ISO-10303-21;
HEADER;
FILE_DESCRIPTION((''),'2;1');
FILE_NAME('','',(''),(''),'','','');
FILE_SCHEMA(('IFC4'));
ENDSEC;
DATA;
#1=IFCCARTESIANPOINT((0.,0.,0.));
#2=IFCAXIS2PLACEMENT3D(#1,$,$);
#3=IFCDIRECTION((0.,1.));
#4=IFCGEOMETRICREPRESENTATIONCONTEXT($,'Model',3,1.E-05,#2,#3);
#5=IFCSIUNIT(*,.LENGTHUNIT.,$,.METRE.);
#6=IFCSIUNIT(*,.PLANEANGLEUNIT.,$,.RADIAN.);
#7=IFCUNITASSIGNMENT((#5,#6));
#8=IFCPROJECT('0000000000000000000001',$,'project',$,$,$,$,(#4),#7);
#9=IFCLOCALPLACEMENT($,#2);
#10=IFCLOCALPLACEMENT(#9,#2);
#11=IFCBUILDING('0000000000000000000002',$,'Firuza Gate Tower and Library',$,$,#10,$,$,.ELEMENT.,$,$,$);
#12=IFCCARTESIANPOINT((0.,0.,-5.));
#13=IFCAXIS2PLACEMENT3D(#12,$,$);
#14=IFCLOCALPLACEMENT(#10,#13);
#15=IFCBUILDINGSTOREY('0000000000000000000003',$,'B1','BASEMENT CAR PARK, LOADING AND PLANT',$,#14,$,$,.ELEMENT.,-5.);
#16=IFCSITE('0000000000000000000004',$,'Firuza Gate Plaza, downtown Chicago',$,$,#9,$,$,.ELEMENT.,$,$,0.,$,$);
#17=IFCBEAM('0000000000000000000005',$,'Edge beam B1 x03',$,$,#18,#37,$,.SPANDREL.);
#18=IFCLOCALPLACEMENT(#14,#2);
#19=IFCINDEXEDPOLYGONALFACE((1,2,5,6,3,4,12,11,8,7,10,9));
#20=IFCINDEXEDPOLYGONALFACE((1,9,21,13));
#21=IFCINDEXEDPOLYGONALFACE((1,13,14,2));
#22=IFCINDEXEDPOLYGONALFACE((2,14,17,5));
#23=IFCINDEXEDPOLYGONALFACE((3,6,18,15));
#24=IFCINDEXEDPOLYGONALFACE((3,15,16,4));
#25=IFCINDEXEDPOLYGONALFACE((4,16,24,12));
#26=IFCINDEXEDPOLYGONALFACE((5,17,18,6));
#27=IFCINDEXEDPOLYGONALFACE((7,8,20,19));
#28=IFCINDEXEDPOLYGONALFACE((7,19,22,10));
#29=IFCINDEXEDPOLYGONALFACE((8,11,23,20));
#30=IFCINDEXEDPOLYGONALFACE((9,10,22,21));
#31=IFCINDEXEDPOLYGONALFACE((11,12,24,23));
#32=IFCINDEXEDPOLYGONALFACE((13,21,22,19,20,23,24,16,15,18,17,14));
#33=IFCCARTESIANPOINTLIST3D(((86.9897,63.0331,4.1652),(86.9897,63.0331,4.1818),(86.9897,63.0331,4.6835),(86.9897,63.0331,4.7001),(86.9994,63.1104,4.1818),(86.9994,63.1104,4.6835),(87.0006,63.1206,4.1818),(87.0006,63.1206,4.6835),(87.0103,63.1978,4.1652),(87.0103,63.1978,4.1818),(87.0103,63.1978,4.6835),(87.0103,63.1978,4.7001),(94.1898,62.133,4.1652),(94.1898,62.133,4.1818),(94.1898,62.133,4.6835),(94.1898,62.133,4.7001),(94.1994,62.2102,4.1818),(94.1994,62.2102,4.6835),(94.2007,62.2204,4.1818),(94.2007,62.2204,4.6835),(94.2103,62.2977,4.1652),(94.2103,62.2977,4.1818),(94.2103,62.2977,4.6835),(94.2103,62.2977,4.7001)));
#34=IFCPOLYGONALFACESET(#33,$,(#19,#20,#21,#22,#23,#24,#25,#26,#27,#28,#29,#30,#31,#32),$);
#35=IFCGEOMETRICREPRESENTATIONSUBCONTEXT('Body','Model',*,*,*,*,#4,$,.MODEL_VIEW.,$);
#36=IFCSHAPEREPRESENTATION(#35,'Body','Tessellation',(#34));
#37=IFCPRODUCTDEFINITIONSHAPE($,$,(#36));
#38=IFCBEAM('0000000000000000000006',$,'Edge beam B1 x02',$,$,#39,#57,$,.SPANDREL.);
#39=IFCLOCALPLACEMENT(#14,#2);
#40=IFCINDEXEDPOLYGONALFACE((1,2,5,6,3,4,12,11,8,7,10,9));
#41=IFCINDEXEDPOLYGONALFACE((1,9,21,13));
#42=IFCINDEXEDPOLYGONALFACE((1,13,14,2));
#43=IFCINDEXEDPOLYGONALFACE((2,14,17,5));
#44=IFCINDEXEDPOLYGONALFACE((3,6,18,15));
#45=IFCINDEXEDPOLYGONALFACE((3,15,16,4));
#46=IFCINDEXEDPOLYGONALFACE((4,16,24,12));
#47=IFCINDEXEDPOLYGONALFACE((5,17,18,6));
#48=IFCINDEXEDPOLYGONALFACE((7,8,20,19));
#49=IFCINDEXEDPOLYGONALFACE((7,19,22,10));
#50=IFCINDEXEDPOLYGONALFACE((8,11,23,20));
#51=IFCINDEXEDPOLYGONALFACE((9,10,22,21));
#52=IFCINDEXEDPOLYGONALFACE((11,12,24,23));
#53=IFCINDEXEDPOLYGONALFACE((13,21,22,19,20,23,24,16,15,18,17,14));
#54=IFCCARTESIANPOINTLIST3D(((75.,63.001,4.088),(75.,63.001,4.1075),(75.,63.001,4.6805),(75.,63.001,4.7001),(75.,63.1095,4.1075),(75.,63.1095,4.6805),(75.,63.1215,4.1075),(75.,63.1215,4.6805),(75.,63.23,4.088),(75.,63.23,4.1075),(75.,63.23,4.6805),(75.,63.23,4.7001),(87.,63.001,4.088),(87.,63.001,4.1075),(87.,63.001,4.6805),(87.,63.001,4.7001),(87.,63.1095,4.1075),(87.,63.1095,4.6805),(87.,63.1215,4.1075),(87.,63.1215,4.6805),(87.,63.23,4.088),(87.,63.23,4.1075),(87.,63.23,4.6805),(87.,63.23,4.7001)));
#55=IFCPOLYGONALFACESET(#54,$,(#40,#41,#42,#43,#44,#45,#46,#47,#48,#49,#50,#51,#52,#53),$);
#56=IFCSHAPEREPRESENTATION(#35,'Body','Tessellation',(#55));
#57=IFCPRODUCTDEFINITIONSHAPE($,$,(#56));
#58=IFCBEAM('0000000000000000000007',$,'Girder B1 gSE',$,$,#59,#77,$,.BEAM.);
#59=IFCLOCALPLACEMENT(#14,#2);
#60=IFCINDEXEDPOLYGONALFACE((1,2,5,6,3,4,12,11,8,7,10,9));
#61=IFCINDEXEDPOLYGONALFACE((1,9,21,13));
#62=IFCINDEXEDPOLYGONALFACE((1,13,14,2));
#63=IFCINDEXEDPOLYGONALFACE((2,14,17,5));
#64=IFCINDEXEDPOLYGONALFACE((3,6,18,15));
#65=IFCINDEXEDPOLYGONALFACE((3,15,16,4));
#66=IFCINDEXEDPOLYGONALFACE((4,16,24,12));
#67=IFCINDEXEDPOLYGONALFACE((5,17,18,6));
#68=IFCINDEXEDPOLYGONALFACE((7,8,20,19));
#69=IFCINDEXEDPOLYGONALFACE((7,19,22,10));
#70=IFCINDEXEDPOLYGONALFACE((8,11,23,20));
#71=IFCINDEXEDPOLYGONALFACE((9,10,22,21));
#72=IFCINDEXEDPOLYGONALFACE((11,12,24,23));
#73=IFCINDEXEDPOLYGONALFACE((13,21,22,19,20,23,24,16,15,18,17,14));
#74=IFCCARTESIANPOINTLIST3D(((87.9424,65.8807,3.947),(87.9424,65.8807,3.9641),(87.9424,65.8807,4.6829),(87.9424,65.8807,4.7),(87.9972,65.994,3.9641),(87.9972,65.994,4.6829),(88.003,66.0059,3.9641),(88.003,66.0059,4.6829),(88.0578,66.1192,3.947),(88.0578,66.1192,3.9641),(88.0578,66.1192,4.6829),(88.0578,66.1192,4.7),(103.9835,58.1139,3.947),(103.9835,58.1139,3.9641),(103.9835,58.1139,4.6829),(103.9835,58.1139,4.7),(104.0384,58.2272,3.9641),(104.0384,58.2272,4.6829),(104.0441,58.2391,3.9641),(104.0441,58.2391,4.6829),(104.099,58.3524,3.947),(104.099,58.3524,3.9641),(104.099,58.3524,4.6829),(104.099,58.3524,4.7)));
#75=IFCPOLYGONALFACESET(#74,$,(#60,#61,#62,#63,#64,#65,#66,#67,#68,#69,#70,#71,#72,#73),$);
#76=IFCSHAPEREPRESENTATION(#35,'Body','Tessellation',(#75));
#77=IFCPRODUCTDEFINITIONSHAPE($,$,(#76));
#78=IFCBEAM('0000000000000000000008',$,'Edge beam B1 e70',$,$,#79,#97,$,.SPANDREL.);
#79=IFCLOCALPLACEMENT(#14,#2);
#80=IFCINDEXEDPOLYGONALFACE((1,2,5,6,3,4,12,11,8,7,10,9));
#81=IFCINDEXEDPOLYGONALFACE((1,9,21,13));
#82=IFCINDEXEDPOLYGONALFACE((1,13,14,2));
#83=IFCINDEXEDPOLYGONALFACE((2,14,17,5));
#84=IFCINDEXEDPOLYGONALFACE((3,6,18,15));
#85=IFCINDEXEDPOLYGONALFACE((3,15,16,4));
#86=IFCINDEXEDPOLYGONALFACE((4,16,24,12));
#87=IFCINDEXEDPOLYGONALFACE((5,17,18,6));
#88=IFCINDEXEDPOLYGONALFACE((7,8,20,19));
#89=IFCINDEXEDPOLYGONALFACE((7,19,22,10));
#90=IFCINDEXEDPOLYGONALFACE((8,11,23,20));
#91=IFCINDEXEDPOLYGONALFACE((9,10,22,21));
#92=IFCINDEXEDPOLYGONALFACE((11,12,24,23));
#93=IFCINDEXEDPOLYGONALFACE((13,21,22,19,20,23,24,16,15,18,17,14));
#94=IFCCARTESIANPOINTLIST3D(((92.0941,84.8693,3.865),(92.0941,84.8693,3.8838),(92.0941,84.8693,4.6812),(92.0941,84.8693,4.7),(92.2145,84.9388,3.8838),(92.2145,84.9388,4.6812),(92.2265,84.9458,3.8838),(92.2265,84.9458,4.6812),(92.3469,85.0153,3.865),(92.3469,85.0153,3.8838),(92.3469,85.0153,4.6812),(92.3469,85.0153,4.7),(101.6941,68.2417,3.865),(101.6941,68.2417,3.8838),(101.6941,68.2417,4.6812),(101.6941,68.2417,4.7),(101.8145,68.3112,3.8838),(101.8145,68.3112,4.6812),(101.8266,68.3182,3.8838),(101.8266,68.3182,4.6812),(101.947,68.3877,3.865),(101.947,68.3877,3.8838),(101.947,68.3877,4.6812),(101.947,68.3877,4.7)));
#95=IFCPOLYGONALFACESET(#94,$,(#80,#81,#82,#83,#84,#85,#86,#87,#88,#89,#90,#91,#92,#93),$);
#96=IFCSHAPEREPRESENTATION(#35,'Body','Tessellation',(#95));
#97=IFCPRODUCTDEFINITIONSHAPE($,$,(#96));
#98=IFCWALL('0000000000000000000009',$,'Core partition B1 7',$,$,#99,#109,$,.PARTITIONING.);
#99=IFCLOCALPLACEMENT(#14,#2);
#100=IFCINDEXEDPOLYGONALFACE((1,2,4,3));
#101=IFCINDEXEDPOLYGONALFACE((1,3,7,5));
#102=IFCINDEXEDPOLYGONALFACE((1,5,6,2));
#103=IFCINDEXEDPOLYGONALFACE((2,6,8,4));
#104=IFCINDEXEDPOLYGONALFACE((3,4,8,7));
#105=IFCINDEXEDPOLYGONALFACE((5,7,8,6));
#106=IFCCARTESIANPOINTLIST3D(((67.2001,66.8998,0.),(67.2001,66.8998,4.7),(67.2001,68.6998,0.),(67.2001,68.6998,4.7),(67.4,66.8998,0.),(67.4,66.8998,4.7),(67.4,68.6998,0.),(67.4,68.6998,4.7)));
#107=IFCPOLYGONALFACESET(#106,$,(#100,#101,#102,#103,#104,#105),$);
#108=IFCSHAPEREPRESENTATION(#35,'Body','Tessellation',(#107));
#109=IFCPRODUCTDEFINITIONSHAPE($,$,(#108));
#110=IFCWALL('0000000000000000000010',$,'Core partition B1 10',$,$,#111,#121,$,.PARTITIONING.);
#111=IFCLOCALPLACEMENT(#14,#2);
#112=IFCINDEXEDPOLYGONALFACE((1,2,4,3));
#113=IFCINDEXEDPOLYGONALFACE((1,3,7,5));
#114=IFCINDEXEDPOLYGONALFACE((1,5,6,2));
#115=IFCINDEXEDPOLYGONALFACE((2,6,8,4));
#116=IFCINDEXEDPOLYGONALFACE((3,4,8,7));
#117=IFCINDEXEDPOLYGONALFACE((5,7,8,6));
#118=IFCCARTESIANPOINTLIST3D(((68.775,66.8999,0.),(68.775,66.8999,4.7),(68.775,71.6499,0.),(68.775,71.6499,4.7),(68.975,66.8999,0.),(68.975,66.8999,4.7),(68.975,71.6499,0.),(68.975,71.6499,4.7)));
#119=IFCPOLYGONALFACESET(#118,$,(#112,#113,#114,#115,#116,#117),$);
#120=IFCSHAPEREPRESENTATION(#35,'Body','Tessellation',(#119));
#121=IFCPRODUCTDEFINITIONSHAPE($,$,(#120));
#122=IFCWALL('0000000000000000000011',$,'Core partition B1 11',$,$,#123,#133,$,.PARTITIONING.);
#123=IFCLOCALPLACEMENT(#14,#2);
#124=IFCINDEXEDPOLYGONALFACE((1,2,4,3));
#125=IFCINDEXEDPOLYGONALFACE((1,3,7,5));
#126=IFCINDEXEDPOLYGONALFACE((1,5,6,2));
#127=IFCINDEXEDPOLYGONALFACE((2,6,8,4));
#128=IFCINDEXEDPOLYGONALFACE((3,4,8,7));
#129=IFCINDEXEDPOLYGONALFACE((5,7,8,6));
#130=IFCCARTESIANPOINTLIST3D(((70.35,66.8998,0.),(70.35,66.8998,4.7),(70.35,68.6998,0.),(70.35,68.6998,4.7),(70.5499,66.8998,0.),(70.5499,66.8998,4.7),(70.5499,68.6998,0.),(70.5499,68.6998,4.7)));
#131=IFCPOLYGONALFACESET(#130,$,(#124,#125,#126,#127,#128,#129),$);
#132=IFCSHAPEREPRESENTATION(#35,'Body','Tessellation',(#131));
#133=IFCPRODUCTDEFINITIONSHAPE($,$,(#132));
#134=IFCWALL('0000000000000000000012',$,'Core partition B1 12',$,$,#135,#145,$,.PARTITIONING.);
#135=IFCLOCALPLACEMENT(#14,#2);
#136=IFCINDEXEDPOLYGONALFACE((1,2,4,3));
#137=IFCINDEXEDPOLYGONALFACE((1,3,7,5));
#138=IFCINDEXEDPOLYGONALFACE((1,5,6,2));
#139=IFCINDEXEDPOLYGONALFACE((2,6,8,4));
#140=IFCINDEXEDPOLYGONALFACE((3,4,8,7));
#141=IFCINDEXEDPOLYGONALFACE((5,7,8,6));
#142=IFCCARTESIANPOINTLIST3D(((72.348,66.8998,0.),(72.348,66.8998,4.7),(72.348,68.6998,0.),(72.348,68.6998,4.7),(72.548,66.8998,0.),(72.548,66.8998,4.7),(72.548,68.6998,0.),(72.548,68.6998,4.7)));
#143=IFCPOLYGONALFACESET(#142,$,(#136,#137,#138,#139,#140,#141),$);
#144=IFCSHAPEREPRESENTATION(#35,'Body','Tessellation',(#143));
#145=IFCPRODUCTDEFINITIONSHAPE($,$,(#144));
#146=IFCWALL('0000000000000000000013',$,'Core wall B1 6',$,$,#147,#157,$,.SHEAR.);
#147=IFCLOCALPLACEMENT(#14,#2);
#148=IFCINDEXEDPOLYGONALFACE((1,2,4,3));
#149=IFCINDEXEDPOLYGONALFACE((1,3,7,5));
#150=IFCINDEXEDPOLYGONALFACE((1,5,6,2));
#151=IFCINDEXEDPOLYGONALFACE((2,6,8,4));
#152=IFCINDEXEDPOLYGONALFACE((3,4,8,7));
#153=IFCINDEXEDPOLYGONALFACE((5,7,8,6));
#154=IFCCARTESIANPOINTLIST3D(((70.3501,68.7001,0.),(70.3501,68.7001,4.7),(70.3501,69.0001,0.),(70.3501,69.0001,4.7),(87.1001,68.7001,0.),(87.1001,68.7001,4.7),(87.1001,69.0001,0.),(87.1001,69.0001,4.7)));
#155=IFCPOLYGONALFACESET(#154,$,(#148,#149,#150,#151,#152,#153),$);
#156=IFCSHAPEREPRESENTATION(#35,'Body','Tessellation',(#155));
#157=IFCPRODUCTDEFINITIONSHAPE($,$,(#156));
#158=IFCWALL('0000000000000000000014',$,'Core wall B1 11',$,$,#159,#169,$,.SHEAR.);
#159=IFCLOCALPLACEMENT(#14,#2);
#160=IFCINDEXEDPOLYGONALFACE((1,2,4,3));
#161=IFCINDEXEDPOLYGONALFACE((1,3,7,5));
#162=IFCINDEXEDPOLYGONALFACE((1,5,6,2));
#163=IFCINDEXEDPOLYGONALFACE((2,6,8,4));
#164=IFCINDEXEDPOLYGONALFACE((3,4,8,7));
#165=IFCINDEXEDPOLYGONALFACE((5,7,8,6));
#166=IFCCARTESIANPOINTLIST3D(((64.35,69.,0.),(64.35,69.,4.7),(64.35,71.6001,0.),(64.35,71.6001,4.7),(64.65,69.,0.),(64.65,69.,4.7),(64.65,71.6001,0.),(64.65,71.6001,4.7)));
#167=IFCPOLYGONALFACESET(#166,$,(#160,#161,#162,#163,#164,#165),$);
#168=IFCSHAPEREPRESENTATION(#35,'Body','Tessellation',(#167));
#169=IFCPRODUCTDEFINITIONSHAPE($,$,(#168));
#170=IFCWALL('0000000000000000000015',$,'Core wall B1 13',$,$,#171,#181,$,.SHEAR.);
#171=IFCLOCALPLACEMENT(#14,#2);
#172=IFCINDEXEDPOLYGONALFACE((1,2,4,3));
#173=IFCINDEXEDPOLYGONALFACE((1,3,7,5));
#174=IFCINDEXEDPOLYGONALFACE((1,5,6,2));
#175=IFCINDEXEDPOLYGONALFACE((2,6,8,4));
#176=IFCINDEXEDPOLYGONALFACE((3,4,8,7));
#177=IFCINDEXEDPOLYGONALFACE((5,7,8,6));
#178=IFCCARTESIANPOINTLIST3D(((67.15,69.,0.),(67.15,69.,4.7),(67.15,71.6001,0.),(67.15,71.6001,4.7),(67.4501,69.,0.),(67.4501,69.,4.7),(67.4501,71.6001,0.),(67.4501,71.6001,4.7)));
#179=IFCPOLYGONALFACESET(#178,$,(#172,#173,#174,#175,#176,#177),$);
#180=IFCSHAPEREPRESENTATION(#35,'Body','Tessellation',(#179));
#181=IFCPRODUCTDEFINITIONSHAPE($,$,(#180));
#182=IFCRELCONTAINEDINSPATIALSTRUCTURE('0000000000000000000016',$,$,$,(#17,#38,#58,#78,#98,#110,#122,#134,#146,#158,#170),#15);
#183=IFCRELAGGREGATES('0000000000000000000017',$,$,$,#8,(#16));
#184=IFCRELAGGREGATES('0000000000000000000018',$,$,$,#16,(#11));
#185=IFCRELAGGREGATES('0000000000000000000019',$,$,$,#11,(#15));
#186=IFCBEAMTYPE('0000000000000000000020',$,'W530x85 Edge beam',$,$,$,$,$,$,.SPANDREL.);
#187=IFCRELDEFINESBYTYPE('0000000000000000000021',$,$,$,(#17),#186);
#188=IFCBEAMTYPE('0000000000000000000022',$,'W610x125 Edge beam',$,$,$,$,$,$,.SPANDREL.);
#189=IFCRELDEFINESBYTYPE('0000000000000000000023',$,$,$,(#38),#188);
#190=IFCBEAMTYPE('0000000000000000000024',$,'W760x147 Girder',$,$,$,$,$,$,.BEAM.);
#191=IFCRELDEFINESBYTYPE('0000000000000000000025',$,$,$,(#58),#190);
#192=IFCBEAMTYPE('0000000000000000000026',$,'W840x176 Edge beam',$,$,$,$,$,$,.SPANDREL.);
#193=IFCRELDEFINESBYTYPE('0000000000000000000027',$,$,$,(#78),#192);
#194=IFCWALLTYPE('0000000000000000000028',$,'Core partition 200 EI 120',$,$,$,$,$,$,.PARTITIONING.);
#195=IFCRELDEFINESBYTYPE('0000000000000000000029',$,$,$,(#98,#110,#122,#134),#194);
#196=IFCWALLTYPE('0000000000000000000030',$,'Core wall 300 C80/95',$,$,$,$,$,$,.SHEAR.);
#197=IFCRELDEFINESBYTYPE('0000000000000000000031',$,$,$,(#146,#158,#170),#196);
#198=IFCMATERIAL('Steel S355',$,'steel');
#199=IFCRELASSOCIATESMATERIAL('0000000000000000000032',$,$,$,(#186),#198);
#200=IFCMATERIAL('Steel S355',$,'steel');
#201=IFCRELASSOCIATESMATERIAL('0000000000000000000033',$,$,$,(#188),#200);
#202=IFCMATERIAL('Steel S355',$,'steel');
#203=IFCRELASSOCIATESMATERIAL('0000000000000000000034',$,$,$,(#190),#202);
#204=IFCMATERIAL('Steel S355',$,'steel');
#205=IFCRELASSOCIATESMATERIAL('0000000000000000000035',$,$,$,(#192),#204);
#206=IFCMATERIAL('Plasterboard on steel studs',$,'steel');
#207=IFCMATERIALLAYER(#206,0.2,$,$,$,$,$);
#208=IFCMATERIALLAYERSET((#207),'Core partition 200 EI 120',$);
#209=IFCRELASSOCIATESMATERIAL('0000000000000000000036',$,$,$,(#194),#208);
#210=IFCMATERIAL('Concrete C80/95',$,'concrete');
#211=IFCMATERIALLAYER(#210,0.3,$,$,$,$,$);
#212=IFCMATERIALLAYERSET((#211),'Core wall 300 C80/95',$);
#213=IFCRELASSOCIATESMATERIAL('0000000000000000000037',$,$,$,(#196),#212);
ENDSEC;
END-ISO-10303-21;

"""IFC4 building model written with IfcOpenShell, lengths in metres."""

from ifc_helpers import new_model, si_unit, direction, frame, frame_2d, origin, origin_2d, place, context, subcontext, project, spatial, rectangle, i_section, extrude, material, layer, layer_set, material_profile, profile_set, type_object, element, save


model = new_model("IFC4")

# Units and contexts
model_context = context("Model", 3, precision=1e-05, world=origin(), true_north=direction((0.0, 1.0)))
body_context = subcontext(model_context, "Body", "Model", "MODEL_VIEW")
ifc_project = project(units=[si_unit("LENGTHUNIT", "METRE"), si_unit("PLANEANGLEUNIT", "RADIAN")], contexts=[model_context])

# Site, building, storey
site_placement = place(None, origin())
site = spatial("IfcSite", under=ifc_project, at=site_placement, Name="Firuza Gate Plaza, downtown Chicago", CompositionType="ELEMENT", RefElevation=0.0)
building_placement = place(site_placement, origin())
building = spatial("IfcBuilding", under=site, at=building_placement, Name="Firuza Gate Tower and Library", CompositionType="ELEMENT")
storey_placement = place(building_placement, frame((0.0, 0.0, -5.0)))
storey = spatial("IfcBuildingStorey", under=building, at=storey_placement, Name="B1", Description="BASEMENT CAR PARK, LOADING AND PLANT", CompositionType="ELEMENT", Elevation=-5.0)

# Beams
ifc_material_1 = material(Name="Steel S355", Category="steel")
ifc_material_profile_1 = material_profile(ifc_material_1, i_section(OverallWidth=0.166, OverallDepth=0.5349, WebThickness=0.0103, FlangeThickness=0.0166, at=origin_2d()))
ifc_profile_set_1 = profile_set([ifc_material_profile_1], Name="Steel S355")
beam_type_1 = type_object("IfcBeamType", Name="W530x85 Edge beam", PredefinedType="SPANDREL", material=ifc_profile_set_1)
beam_1_placement = place(storey_placement, frame((87.0, 63.1155, 4.4326), z_axis=(0.992275, -0.124055, 0.0), x_axis=(0.124055, 0.992275, 0.0)))
element("IfcBeam", 1, at=beam_1_placement, inside=storey, type_object=beam_type_1, Name="Edge beam B1 x03", PredefinedType="SPANDREL", context=body_context, shape_type="SweptSolid", body=[
    extrude(i_section(OverallWidth=0.166, OverallDepth=0.5349, WebThickness=0.0103, FlangeThickness=0.0166, at=origin_2d()), origin(), (0.0, 0.0, 1.0), 7.2561),
])
ifc_material_2 = material(Name="Steel S355", Category="steel")
ifc_material_profile_2 = material_profile(ifc_material_2, i_section(OverallWidth=0.229, OverallDepth=0.6121, WebThickness=0.012, FlangeThickness=0.0195, at=origin_2d()))
ifc_profile_set_2 = profile_set([ifc_material_profile_2], Name="Steel S355")
beam_type_2 = type_object("IfcBeamType", Name="W610x125 Edge beam", PredefinedType="SPANDREL", material=ifc_profile_set_2)
beam_2_placement = place(storey_placement, frame((75.0, 63.1155, 4.394), z_axis=(1.0, 0.0, 0.0), x_axis=(0.0, 1.0, 0.0)))
element("IfcBeam", 2, at=beam_2_placement, inside=storey, type_object=beam_type_2, Name="Edge beam B1 x02", PredefinedType="SPANDREL", context=body_context, shape_type="SweptSolid", body=[
    extrude(i_section(OverallWidth=0.229, OverallDepth=0.6121, WebThickness=0.012, FlangeThickness=0.0195, at=origin_2d()), origin(), (0.0, 0.0, 1.0), 12.0),
])
ifc_material_3 = material(Name="Steel S355", Category="steel")
ifc_material_profile_3 = material_profile(ifc_material_3, i_section(OverallWidth=0.2649, OverallDepth=0.7529, WebThickness=0.0132, FlangeThickness=0.0171, at=origin_2d()))
ifc_profile_set_3 = profile_set([ifc_material_profile_3], Name="Steel S355")
beam_type_3 = type_object("IfcBeamType", Name="W760x147 Girder", PredefinedType="BEAM", material=ifc_profile_set_3)
beam_3_placement = place(storey_placement, frame((104.0413, 58.2332, 4.3235), z_axis=(-0.90005, 0.435786, 0.0), x_axis=(-0.435786, -0.90005, 0.0)))
element("IfcBeam", 3, at=beam_3_placement, inside=storey, type_object=beam_type_3, Name="Girder B1 gSE", PredefinedType="BEAM", context=body_context, shape_type="SweptSolid", body=[
    extrude(i_section(OverallWidth=0.2649, OverallDepth=0.7529, WebThickness=0.0132, FlangeThickness=0.0171, at=origin_2d()), origin(), (0.0, 0.0, 1.0), 17.8225),
])
ifc_material_4 = material(Name="Steel S355", Category="steel")
ifc_material_profile_4 = material_profile(ifc_material_4, i_section(OverallWidth=0.292, OverallDepth=0.835, WebThickness=0.0139, FlangeThickness=0.0188, at=origin_2d()))
ifc_profile_set_4 = profile_set([ifc_material_profile_4], Name="Steel S355")
beam_type_4 = type_object("IfcBeamType", Name="W840x176 Edge beam", PredefinedType="SPANDREL", material=ifc_profile_set_4)
beam_4_placement = place(storey_placement, frame((101.8206, 68.3147, 4.2825), z_axis=(-0.500004, 0.866023, 0.0), x_axis=(-0.866023, -0.500004, 0.0)))
element("IfcBeam", 4, at=beam_4_placement, inside=storey, type_object=beam_type_4, Name="Edge beam B1 e70", PredefinedType="SPANDREL", context=body_context, shape_type="SweptSolid", body=[
    extrude(i_section(OverallWidth=0.292, OverallDepth=0.835, WebThickness=0.0139, FlangeThickness=0.0188, at=origin_2d()), origin(), (0.0, 0.0, 1.0), 19.2),
])

# Walls
ifc_material_5 = material(Name="Plasterboard on steel studs", Category="steel")
ifc_layer_1 = layer(ifc_material_5, 0.2)
ifc_layer_set_1 = layer_set([ifc_layer_1], Name="Core partition 200 EI 120")
wall_type_1 = type_object("IfcWallType", Name="Core partition 200 EI 120", PredefinedType="PARTITIONING", material=ifc_layer_set_1)
wall_1_placement = place(storey_placement, frame((67.3, 66.8999, 0.0), z_axis=(0.0, 0.0, 1.0), x_axis=(0.0, 1.0, 0.0)))
element("IfcWall", 5, at=wall_1_placement, inside=storey, type_object=wall_type_1, Name="Core partition B1 7", PredefinedType="PARTITIONING", context=body_context, shape_type="SweptSolid", body=[
    extrude(rectangle(XDim=1.8, YDim=0.2, at=frame_2d((0.8999, 0.0))), origin(), (0.0, 0.0, 1.0), 4.7),
])
wall_2_placement = place(storey_placement, frame((68.875, 66.8999, 0.0), z_axis=(0.0, 0.0, 1.0), x_axis=(0.0, 1.0, 0.0)))
element("IfcWall", 6, at=wall_2_placement, inside=storey, type_object=wall_type_1, Name="Core partition B1 10", PredefinedType="PARTITIONING", context=body_context, shape_type="SweptSolid", body=[
    extrude(rectangle(XDim=4.75, YDim=0.2, at=frame_2d((2.375, 0.0))), origin(), (0.0, 0.0, 1.0), 4.7),
])
for number, where, z_axis, x_axis, name in (
    (7, (70.45, 66.8999, 0.0), (0.0, 0.0, 1.0), (0.0, 1.0, 0.0), "Core partition B1 11"),
    (8, (72.448, 66.8999, 0.0), (0.0, 0.0, 1.0), (0.0, 1.0, 0.0), "Core partition B1 12"),
):
    element("IfcWall", number, at=place(storey_placement, frame(where, z_axis=z_axis, x_axis=x_axis)), inside=storey, type_object=wall_type_1, Name=name, PredefinedType="PARTITIONING", context=body_context, shape_type="SweptSolid", body=[
        extrude(rectangle(XDim=1.8, YDim=0.2, at=frame_2d((0.8999, 0.0))), origin(), (0.0, 0.0, 1.0), 4.7),
    ])
ifc_material_6 = material(Name="Concrete C80/95", Category="concrete")
ifc_layer_2 = layer(ifc_material_6, 0.3)
ifc_layer_set_2 = layer_set([ifc_layer_2], Name="Core wall 300 C80/95")
wall_type_2 = type_object("IfcWallType", Name="Core wall 300 C80/95", PredefinedType="SHEAR", material=ifc_layer_set_2)
wall_3_placement = place(storey_placement, frame((70.3501, 68.8501, 0.0), z_axis=(0.0, 0.0, 1.0), x_axis=(1.0, 0.0, 0.0)))
element("IfcWall", 9, at=wall_3_placement, inside=storey, type_object=wall_type_2, Name="Core wall B1 6", PredefinedType="SHEAR", context=body_context, shape_type="SweptSolid", body=[
    extrude(rectangle(XDim=16.75, YDim=0.3, at=frame_2d((8.375, 0.0))), origin(), (0.0, 0.0, 1.0), 4.7),
])
for number, where, z_axis, x_axis, name in (
    (10, (64.5, 69.0, 0.0), (0.0, 0.0, 1.0), (0.0, 1.0, 0.0), "Core wall B1 11"),
    (11, (67.3, 69.0, 0.0), (0.0, 0.0, 1.0), (0.0, 1.0, 0.0), "Core wall B1 13"),
):
    element("IfcWall", number, at=place(storey_placement, frame(where, z_axis=z_axis, x_axis=x_axis)), inside=storey, type_object=wall_type_2, Name=name, PredefinedType="SHEAR", context=body_context, shape_type="SweptSolid", body=[
        extrude(rectangle(XDim=2.6001, YDim=0.3, at=frame_2d((1.3, 0.0))), origin(), (0.0, 0.0, 1.0), 4.7),
    ])

save(model, "model.ifc")
